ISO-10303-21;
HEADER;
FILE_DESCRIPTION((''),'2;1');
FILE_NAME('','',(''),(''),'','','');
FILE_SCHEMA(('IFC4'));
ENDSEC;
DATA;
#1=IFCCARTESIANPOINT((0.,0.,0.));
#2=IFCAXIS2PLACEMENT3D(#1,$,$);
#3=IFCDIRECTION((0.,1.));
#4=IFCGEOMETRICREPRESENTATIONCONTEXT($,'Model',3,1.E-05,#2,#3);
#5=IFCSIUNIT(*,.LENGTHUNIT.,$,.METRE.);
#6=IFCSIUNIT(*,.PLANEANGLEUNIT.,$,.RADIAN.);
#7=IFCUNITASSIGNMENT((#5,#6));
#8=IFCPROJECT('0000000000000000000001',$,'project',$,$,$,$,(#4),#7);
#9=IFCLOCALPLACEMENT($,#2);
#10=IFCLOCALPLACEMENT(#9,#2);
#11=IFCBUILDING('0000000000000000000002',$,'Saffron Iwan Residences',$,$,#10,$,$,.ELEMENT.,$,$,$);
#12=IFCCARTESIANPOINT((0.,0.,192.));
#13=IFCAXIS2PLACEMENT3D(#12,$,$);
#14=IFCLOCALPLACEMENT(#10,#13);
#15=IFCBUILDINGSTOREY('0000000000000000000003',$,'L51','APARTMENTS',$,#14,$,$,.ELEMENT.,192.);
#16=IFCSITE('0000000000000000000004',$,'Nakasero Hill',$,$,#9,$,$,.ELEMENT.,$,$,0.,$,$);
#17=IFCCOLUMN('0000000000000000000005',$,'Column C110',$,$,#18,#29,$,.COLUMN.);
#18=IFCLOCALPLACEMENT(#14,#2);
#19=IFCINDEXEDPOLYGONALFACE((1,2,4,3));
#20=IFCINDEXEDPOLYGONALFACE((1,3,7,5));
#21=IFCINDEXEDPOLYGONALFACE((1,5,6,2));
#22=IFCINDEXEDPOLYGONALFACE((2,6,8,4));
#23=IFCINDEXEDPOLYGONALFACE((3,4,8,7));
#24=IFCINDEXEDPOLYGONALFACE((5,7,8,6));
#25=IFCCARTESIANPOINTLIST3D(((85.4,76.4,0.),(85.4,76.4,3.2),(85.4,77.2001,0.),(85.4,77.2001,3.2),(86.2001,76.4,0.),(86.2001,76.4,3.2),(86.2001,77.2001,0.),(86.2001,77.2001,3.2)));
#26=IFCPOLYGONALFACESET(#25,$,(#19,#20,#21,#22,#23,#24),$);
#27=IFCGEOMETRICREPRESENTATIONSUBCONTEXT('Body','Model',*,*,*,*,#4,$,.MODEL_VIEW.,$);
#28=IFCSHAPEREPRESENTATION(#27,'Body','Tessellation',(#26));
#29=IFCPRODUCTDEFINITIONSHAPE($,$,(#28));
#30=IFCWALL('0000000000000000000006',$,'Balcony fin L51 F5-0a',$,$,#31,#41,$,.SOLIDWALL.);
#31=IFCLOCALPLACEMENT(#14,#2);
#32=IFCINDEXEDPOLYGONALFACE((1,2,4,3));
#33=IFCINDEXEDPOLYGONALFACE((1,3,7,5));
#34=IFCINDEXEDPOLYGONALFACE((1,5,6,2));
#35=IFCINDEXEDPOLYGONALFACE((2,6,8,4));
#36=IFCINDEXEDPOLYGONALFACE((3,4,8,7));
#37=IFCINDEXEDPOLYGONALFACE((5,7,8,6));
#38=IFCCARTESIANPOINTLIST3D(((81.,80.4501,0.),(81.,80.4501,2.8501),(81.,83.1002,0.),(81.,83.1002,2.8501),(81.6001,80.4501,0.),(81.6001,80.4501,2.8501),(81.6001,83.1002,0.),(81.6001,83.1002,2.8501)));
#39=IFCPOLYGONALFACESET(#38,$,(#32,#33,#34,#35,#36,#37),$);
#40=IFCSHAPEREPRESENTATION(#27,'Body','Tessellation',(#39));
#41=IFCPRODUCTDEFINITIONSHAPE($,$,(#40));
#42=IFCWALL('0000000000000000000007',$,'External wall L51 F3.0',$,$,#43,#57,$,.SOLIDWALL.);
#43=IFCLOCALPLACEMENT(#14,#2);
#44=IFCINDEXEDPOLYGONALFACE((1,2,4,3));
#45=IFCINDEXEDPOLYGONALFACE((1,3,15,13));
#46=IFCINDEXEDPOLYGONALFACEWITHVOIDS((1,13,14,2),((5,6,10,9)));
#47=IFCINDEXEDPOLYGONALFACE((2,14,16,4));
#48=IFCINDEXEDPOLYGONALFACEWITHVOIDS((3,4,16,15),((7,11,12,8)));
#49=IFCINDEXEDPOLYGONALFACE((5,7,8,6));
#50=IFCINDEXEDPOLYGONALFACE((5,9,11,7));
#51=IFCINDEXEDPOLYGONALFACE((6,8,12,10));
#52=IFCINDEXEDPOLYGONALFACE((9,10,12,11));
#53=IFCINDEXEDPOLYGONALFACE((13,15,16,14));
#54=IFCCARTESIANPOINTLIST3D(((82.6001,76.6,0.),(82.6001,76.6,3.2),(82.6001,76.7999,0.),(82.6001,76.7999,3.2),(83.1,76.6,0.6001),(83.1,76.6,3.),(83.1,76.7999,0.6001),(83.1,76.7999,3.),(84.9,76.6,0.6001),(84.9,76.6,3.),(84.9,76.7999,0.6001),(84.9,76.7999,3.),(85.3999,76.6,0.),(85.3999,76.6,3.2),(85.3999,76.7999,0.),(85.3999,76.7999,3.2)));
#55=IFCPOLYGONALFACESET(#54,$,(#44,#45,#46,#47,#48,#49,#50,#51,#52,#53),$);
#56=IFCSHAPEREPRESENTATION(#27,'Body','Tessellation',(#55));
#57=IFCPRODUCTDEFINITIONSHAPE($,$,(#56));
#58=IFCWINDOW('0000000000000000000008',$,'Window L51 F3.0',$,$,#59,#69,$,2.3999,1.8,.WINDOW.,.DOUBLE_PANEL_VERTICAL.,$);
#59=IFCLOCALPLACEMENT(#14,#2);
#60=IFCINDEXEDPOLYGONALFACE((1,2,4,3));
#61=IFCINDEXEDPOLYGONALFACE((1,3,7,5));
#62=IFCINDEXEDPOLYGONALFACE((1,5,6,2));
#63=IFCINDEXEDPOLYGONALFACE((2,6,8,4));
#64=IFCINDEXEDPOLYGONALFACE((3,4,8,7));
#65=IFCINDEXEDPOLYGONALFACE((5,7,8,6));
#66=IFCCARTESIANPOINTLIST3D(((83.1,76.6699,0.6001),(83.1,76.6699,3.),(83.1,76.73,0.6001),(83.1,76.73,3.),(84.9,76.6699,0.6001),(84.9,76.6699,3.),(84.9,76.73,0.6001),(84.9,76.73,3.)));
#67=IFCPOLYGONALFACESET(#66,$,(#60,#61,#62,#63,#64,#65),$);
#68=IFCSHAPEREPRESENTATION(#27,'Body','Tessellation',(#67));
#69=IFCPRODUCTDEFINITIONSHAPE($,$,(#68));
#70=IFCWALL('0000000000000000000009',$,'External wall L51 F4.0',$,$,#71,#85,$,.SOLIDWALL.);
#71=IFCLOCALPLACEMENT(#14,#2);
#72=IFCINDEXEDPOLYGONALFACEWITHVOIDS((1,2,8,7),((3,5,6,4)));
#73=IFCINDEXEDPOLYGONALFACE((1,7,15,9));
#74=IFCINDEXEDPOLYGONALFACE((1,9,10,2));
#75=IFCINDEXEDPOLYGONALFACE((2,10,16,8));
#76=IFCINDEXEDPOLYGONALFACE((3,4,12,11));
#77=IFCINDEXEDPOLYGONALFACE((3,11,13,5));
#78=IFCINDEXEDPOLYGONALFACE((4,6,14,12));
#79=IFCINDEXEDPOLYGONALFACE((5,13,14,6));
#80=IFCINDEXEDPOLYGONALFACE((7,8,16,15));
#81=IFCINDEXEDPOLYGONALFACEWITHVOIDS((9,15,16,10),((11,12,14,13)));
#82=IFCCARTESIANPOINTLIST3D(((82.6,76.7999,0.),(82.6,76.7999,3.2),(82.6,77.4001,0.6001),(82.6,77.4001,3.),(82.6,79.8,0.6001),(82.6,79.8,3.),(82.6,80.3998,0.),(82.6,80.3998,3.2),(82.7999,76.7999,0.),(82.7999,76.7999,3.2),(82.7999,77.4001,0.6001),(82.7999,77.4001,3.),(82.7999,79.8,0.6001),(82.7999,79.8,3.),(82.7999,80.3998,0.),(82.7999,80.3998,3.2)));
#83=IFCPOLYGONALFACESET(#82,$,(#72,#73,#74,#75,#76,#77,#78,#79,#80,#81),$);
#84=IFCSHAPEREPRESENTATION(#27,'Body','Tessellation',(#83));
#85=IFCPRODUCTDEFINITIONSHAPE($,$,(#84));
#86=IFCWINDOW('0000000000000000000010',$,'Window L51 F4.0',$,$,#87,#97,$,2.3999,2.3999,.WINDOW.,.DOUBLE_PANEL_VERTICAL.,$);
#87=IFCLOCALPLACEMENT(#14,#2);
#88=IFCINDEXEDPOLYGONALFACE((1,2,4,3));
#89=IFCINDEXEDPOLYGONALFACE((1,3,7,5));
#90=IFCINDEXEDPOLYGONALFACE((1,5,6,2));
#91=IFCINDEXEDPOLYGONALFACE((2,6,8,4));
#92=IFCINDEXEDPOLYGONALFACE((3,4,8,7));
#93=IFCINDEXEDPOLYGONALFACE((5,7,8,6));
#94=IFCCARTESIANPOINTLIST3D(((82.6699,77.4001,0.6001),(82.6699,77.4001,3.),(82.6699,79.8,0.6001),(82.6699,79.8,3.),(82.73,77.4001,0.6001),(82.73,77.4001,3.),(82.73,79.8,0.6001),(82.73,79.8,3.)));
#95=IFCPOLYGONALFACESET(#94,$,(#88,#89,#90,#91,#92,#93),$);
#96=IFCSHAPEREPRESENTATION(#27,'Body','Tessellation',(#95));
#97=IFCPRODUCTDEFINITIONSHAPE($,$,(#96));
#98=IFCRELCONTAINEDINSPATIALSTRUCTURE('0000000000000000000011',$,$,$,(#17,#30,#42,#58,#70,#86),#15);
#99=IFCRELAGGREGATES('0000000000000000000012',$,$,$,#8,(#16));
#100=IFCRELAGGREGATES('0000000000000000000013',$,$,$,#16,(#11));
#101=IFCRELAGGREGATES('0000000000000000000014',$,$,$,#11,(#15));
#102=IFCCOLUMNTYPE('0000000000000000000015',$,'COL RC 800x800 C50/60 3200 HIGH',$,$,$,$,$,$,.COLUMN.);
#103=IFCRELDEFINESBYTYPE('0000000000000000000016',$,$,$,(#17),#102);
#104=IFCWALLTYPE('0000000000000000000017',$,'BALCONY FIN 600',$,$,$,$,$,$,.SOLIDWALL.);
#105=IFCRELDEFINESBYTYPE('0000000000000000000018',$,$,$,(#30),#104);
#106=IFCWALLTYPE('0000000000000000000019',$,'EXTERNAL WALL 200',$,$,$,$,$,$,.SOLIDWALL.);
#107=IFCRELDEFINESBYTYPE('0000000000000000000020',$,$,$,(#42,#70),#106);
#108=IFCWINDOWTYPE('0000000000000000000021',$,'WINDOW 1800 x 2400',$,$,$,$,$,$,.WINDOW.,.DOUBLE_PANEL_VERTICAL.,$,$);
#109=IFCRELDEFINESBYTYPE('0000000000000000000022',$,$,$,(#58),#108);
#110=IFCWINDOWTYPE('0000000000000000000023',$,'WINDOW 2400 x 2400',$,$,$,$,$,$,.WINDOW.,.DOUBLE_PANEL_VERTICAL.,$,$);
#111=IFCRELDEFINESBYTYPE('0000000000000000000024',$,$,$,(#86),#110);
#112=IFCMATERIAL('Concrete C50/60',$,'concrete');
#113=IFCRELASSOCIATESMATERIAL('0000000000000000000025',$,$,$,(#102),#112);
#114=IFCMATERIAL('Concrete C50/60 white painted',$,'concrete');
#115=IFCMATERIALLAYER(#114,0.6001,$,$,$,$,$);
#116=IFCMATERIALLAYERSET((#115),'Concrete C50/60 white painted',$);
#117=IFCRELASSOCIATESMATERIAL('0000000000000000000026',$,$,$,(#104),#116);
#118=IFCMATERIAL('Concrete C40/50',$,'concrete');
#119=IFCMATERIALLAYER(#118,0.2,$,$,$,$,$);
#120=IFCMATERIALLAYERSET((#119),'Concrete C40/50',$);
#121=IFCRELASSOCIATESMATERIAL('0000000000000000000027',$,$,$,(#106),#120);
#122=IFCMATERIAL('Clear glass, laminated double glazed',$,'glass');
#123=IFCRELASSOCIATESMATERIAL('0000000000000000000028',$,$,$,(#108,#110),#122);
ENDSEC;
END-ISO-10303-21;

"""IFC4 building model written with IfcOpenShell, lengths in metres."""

from ifc_helpers import new_model, si_unit, direction, frame, frame_2d, origin, origin_2d, place, context, subcontext, project, spatial, rectangle, extrude, source, transform, mapped, material, layer, layer_set, material_profile, profile_set, type_object, element, fill, save


model = new_model("IFC4")

# Units and contexts
model_context = context("Model", 3, precision=1e-05, world=origin(), true_north=direction((0.0, 1.0)))
body_context = subcontext(model_context, "Body", "Model", "MODEL_VIEW")
ifc_project = project(units=[si_unit("LENGTHUNIT", "METRE"), si_unit("PLANEANGLEUNIT", "RADIAN")], contexts=[model_context])

# Site, building, storey
site_placement = place(None, origin())
site = spatial("IfcSite", under=ifc_project, at=site_placement, Name="Nakasero Hill", CompositionType="ELEMENT", RefElevation=0.0)
building_placement = place(site_placement, origin())
building = spatial("IfcBuilding", under=site, at=building_placement, Name="Saffron Iwan Residences", CompositionType="ELEMENT")
storey_placement = place(building_placement, frame((0.0, 0.0, 192.0)))
storey = spatial("IfcBuildingStorey", under=building, at=storey_placement, Name="L51", Description="APARTMENTS", CompositionType="ELEMENT", Elevation=192.0)

# Column
ifc_material_1 = material(Name="Concrete C50/60", Category="concrete")
ifc_material_profile = material_profile(ifc_material_1, rectangle(XDim=0.8, YDim=0.8, at=origin_2d()), Name="RC 800x800")
ifc_profile_set = profile_set([ifc_material_profile], Name="Concrete C50/60")
column_type = type_object("IfcColumnType", Name="COL RC 800x800 C50/60 3200 HIGH", PredefinedType="COLUMN", material=ifc_profile_set)
shared_shape = source(origin(), body_context, "Body", "SweptSolid", [
    extrude(rectangle(XDim=0.8, YDim=0.8, at=origin_2d()), origin(), (0.0, 0.0, 1.0), 3.2),
])
column_placement = place(storey_placement, frame((85.8, 76.8, 0.0), z_axis=(0.0, 0.0, 1.0), x_axis=(1.0, 0.0, 0.0)))
element("IfcColumn", 1, at=column_placement, inside=storey, type_object=column_type, Name="Column C110", PredefinedType="COLUMN", context=body_context, shape_type="MappedRepresentation", body=[
    mapped(shared_shape, transform((0.0, 0.0, 0.0))),
])

# Wall
ifc_material_2 = material(Name="Concrete C50/60 white painted", Category="concrete")
ifc_layer_1 = layer(ifc_material_2, 0.6001)
ifc_layer_set_1 = layer_set([ifc_layer_1], Name="Concrete C50/60 white painted")
wall_type_1 = type_object("IfcWallType", Name="BALCONY FIN 600", PredefinedType="SOLIDWALL", material=ifc_layer_set_1)
wall_1_placement = place(storey_placement, frame((81.3, 80.45, 0.0), z_axis=(0.0, 0.0, 1.0), x_axis=(0.0, 1.0, 0.0)))
element("IfcWall", 2, at=wall_1_placement, inside=storey, type_object=wall_type_1, Name="Balcony fin L51 F5-0a", PredefinedType="SOLIDWALL", context=body_context, shape_type="SweptSolid", body=[
    extrude(rectangle(XDim=2.6501, YDim=0.6001, at=frame_2d((1.3252, 0.0))), origin(), (0.0, 0.0, 1.0), 2.8501),
])

# Walls, openings, windows
ifc_material_3 = material(Name="Concrete C40/50", Category="concrete")
ifc_layer_2 = layer(ifc_material_3, 0.2)
ifc_layer_set_2 = layer_set([ifc_layer_2], Name="Concrete C40/50")
wall_type_2 = type_object("IfcWallType", Name="EXTERNAL WALL 200", PredefinedType="SOLIDWALL", material=ifc_layer_set_2)
wall_2_placement = place(storey_placement, frame((85.3999, 76.7, 0.0), z_axis=(0.0, 0.0, 1.0), x_axis=(-1.0, 0.0, 0.0)))
wall_2 = element("IfcWall", 3, at=wall_2_placement, inside=storey, type_object=wall_type_2, Name="External wall L51 F3.0", PredefinedType="SOLIDWALL", context=body_context, shape_type="SweptSolid", body=[
    extrude(rectangle(XDim=2.7998, YDim=0.2, at=frame_2d((1.3999, 0.0))), origin(), (0.0, 0.0, 1.0), 3.2),
])
opening_1_placement = place(wall_2_placement, frame((0.5, 0.0, 0.6001)))
opening_1 = element("IfcOpeningElement", 4, at=opening_1_placement, cuts=wall_2, PredefinedType="OPENING", context=body_context, shape_type="SweptSolid", body=[
    extrude(rectangle(XDim=1.8, YDim=2.3999, at=frame_2d((0.8999, 1.2))), frame((0.0, 0.1099, 0.0), z_axis=(0.0, -1.0, 0.0), x_axis=(1.0, 0.0, 0.0)), (0.0, 0.0, 1.0), 0.22),
])
ifc_material_4 = material(Name="Clear glass, laminated double glazed", Category="glass")
window_type_1 = type_object("IfcWindowType", Name="WINDOW 1800 x 2400", PartitioningType="DOUBLE_PANEL_VERTICAL", PredefinedType="WINDOW", material=ifc_material_4)
window_1_placement = place(opening_1_placement, origin())
window_1 = element("IfcWindow", 5, at=window_1_placement, inside=storey, type_object=window_type_1, Name="Window L51 F3.0", OverallHeight=2.3999, OverallWidth=1.8, PartitioningType="DOUBLE_PANEL_VERTICAL", PredefinedType="WINDOW", context=body_context, shape_type="SweptSolid", body=[
    extrude(rectangle(XDim=1.8, YDim=2.3999, at=frame_2d((0.8999, 1.2))), frame((0.0, 0.03, 0.0), z_axis=(0.0, -1.0, 0.0), x_axis=(1.0, 0.0, 0.0)), (0.0, 0.0, 1.0), 0.0601),
])
fill(opening_1, window_1)
wall_3_placement = place(storey_placement, frame((82.7, 76.8, 0.0), z_axis=(0.0, 0.0, 1.0), x_axis=(0.0, 1.0, 0.0)))
wall_3 = element("IfcWall", 6, at=wall_3_placement, inside=storey, type_object=wall_type_2, Name="External wall L51 F4.0", PredefinedType="SOLIDWALL", context=body_context, shape_type="SweptSolid", body=[
    extrude(rectangle(XDim=3.5999, YDim=0.2, at=frame_2d((1.7998, 0.0))), origin(), (0.0, 0.0, 1.0), 3.2),
])
opening_2_placement = place(wall_3_placement, frame((0.6001, 0.0, 0.6001)))
opening_2 = element("IfcOpeningElement", 7, at=opening_2_placement, cuts=wall_3, PredefinedType="OPENING", context=body_context, shape_type="SweptSolid", body=[
    extrude(rectangle(XDim=2.3999, YDim=2.3999, at=frame_2d((1.2, 1.2))), frame((0.0, 0.1099, 0.0), z_axis=(0.0, -1.0, 0.0), x_axis=(1.0, 0.0, 0.0)), (0.0, 0.0, 1.0), 0.22),
])
window_type_2 = type_object("IfcWindowType", Name="WINDOW 2400 x 2400", PartitioningType="DOUBLE_PANEL_VERTICAL", PredefinedType="WINDOW", material=ifc_material_4)
window_2_placement = place(opening_2_placement, origin())
window_2 = element("IfcWindow", 8, at=window_2_placement, inside=storey, type_object=window_type_2, Name="Window L51 F4.0", OverallHeight=2.3999, OverallWidth=2.3999, PartitioningType="DOUBLE_PANEL_VERTICAL", PredefinedType="WINDOW", context=body_context, shape_type="SweptSolid", body=[
    extrude(rectangle(XDim=2.3999, YDim=2.3999, at=frame_2d((1.2, 1.2))), frame((0.0, 0.03, 0.0), z_axis=(0.0, -1.0, 0.0), x_axis=(1.0, 0.0, 0.0)), (0.0, 0.0, 1.0), 0.0601),
])
fill(opening_2, window_2)

save(model, "model.ifc")
